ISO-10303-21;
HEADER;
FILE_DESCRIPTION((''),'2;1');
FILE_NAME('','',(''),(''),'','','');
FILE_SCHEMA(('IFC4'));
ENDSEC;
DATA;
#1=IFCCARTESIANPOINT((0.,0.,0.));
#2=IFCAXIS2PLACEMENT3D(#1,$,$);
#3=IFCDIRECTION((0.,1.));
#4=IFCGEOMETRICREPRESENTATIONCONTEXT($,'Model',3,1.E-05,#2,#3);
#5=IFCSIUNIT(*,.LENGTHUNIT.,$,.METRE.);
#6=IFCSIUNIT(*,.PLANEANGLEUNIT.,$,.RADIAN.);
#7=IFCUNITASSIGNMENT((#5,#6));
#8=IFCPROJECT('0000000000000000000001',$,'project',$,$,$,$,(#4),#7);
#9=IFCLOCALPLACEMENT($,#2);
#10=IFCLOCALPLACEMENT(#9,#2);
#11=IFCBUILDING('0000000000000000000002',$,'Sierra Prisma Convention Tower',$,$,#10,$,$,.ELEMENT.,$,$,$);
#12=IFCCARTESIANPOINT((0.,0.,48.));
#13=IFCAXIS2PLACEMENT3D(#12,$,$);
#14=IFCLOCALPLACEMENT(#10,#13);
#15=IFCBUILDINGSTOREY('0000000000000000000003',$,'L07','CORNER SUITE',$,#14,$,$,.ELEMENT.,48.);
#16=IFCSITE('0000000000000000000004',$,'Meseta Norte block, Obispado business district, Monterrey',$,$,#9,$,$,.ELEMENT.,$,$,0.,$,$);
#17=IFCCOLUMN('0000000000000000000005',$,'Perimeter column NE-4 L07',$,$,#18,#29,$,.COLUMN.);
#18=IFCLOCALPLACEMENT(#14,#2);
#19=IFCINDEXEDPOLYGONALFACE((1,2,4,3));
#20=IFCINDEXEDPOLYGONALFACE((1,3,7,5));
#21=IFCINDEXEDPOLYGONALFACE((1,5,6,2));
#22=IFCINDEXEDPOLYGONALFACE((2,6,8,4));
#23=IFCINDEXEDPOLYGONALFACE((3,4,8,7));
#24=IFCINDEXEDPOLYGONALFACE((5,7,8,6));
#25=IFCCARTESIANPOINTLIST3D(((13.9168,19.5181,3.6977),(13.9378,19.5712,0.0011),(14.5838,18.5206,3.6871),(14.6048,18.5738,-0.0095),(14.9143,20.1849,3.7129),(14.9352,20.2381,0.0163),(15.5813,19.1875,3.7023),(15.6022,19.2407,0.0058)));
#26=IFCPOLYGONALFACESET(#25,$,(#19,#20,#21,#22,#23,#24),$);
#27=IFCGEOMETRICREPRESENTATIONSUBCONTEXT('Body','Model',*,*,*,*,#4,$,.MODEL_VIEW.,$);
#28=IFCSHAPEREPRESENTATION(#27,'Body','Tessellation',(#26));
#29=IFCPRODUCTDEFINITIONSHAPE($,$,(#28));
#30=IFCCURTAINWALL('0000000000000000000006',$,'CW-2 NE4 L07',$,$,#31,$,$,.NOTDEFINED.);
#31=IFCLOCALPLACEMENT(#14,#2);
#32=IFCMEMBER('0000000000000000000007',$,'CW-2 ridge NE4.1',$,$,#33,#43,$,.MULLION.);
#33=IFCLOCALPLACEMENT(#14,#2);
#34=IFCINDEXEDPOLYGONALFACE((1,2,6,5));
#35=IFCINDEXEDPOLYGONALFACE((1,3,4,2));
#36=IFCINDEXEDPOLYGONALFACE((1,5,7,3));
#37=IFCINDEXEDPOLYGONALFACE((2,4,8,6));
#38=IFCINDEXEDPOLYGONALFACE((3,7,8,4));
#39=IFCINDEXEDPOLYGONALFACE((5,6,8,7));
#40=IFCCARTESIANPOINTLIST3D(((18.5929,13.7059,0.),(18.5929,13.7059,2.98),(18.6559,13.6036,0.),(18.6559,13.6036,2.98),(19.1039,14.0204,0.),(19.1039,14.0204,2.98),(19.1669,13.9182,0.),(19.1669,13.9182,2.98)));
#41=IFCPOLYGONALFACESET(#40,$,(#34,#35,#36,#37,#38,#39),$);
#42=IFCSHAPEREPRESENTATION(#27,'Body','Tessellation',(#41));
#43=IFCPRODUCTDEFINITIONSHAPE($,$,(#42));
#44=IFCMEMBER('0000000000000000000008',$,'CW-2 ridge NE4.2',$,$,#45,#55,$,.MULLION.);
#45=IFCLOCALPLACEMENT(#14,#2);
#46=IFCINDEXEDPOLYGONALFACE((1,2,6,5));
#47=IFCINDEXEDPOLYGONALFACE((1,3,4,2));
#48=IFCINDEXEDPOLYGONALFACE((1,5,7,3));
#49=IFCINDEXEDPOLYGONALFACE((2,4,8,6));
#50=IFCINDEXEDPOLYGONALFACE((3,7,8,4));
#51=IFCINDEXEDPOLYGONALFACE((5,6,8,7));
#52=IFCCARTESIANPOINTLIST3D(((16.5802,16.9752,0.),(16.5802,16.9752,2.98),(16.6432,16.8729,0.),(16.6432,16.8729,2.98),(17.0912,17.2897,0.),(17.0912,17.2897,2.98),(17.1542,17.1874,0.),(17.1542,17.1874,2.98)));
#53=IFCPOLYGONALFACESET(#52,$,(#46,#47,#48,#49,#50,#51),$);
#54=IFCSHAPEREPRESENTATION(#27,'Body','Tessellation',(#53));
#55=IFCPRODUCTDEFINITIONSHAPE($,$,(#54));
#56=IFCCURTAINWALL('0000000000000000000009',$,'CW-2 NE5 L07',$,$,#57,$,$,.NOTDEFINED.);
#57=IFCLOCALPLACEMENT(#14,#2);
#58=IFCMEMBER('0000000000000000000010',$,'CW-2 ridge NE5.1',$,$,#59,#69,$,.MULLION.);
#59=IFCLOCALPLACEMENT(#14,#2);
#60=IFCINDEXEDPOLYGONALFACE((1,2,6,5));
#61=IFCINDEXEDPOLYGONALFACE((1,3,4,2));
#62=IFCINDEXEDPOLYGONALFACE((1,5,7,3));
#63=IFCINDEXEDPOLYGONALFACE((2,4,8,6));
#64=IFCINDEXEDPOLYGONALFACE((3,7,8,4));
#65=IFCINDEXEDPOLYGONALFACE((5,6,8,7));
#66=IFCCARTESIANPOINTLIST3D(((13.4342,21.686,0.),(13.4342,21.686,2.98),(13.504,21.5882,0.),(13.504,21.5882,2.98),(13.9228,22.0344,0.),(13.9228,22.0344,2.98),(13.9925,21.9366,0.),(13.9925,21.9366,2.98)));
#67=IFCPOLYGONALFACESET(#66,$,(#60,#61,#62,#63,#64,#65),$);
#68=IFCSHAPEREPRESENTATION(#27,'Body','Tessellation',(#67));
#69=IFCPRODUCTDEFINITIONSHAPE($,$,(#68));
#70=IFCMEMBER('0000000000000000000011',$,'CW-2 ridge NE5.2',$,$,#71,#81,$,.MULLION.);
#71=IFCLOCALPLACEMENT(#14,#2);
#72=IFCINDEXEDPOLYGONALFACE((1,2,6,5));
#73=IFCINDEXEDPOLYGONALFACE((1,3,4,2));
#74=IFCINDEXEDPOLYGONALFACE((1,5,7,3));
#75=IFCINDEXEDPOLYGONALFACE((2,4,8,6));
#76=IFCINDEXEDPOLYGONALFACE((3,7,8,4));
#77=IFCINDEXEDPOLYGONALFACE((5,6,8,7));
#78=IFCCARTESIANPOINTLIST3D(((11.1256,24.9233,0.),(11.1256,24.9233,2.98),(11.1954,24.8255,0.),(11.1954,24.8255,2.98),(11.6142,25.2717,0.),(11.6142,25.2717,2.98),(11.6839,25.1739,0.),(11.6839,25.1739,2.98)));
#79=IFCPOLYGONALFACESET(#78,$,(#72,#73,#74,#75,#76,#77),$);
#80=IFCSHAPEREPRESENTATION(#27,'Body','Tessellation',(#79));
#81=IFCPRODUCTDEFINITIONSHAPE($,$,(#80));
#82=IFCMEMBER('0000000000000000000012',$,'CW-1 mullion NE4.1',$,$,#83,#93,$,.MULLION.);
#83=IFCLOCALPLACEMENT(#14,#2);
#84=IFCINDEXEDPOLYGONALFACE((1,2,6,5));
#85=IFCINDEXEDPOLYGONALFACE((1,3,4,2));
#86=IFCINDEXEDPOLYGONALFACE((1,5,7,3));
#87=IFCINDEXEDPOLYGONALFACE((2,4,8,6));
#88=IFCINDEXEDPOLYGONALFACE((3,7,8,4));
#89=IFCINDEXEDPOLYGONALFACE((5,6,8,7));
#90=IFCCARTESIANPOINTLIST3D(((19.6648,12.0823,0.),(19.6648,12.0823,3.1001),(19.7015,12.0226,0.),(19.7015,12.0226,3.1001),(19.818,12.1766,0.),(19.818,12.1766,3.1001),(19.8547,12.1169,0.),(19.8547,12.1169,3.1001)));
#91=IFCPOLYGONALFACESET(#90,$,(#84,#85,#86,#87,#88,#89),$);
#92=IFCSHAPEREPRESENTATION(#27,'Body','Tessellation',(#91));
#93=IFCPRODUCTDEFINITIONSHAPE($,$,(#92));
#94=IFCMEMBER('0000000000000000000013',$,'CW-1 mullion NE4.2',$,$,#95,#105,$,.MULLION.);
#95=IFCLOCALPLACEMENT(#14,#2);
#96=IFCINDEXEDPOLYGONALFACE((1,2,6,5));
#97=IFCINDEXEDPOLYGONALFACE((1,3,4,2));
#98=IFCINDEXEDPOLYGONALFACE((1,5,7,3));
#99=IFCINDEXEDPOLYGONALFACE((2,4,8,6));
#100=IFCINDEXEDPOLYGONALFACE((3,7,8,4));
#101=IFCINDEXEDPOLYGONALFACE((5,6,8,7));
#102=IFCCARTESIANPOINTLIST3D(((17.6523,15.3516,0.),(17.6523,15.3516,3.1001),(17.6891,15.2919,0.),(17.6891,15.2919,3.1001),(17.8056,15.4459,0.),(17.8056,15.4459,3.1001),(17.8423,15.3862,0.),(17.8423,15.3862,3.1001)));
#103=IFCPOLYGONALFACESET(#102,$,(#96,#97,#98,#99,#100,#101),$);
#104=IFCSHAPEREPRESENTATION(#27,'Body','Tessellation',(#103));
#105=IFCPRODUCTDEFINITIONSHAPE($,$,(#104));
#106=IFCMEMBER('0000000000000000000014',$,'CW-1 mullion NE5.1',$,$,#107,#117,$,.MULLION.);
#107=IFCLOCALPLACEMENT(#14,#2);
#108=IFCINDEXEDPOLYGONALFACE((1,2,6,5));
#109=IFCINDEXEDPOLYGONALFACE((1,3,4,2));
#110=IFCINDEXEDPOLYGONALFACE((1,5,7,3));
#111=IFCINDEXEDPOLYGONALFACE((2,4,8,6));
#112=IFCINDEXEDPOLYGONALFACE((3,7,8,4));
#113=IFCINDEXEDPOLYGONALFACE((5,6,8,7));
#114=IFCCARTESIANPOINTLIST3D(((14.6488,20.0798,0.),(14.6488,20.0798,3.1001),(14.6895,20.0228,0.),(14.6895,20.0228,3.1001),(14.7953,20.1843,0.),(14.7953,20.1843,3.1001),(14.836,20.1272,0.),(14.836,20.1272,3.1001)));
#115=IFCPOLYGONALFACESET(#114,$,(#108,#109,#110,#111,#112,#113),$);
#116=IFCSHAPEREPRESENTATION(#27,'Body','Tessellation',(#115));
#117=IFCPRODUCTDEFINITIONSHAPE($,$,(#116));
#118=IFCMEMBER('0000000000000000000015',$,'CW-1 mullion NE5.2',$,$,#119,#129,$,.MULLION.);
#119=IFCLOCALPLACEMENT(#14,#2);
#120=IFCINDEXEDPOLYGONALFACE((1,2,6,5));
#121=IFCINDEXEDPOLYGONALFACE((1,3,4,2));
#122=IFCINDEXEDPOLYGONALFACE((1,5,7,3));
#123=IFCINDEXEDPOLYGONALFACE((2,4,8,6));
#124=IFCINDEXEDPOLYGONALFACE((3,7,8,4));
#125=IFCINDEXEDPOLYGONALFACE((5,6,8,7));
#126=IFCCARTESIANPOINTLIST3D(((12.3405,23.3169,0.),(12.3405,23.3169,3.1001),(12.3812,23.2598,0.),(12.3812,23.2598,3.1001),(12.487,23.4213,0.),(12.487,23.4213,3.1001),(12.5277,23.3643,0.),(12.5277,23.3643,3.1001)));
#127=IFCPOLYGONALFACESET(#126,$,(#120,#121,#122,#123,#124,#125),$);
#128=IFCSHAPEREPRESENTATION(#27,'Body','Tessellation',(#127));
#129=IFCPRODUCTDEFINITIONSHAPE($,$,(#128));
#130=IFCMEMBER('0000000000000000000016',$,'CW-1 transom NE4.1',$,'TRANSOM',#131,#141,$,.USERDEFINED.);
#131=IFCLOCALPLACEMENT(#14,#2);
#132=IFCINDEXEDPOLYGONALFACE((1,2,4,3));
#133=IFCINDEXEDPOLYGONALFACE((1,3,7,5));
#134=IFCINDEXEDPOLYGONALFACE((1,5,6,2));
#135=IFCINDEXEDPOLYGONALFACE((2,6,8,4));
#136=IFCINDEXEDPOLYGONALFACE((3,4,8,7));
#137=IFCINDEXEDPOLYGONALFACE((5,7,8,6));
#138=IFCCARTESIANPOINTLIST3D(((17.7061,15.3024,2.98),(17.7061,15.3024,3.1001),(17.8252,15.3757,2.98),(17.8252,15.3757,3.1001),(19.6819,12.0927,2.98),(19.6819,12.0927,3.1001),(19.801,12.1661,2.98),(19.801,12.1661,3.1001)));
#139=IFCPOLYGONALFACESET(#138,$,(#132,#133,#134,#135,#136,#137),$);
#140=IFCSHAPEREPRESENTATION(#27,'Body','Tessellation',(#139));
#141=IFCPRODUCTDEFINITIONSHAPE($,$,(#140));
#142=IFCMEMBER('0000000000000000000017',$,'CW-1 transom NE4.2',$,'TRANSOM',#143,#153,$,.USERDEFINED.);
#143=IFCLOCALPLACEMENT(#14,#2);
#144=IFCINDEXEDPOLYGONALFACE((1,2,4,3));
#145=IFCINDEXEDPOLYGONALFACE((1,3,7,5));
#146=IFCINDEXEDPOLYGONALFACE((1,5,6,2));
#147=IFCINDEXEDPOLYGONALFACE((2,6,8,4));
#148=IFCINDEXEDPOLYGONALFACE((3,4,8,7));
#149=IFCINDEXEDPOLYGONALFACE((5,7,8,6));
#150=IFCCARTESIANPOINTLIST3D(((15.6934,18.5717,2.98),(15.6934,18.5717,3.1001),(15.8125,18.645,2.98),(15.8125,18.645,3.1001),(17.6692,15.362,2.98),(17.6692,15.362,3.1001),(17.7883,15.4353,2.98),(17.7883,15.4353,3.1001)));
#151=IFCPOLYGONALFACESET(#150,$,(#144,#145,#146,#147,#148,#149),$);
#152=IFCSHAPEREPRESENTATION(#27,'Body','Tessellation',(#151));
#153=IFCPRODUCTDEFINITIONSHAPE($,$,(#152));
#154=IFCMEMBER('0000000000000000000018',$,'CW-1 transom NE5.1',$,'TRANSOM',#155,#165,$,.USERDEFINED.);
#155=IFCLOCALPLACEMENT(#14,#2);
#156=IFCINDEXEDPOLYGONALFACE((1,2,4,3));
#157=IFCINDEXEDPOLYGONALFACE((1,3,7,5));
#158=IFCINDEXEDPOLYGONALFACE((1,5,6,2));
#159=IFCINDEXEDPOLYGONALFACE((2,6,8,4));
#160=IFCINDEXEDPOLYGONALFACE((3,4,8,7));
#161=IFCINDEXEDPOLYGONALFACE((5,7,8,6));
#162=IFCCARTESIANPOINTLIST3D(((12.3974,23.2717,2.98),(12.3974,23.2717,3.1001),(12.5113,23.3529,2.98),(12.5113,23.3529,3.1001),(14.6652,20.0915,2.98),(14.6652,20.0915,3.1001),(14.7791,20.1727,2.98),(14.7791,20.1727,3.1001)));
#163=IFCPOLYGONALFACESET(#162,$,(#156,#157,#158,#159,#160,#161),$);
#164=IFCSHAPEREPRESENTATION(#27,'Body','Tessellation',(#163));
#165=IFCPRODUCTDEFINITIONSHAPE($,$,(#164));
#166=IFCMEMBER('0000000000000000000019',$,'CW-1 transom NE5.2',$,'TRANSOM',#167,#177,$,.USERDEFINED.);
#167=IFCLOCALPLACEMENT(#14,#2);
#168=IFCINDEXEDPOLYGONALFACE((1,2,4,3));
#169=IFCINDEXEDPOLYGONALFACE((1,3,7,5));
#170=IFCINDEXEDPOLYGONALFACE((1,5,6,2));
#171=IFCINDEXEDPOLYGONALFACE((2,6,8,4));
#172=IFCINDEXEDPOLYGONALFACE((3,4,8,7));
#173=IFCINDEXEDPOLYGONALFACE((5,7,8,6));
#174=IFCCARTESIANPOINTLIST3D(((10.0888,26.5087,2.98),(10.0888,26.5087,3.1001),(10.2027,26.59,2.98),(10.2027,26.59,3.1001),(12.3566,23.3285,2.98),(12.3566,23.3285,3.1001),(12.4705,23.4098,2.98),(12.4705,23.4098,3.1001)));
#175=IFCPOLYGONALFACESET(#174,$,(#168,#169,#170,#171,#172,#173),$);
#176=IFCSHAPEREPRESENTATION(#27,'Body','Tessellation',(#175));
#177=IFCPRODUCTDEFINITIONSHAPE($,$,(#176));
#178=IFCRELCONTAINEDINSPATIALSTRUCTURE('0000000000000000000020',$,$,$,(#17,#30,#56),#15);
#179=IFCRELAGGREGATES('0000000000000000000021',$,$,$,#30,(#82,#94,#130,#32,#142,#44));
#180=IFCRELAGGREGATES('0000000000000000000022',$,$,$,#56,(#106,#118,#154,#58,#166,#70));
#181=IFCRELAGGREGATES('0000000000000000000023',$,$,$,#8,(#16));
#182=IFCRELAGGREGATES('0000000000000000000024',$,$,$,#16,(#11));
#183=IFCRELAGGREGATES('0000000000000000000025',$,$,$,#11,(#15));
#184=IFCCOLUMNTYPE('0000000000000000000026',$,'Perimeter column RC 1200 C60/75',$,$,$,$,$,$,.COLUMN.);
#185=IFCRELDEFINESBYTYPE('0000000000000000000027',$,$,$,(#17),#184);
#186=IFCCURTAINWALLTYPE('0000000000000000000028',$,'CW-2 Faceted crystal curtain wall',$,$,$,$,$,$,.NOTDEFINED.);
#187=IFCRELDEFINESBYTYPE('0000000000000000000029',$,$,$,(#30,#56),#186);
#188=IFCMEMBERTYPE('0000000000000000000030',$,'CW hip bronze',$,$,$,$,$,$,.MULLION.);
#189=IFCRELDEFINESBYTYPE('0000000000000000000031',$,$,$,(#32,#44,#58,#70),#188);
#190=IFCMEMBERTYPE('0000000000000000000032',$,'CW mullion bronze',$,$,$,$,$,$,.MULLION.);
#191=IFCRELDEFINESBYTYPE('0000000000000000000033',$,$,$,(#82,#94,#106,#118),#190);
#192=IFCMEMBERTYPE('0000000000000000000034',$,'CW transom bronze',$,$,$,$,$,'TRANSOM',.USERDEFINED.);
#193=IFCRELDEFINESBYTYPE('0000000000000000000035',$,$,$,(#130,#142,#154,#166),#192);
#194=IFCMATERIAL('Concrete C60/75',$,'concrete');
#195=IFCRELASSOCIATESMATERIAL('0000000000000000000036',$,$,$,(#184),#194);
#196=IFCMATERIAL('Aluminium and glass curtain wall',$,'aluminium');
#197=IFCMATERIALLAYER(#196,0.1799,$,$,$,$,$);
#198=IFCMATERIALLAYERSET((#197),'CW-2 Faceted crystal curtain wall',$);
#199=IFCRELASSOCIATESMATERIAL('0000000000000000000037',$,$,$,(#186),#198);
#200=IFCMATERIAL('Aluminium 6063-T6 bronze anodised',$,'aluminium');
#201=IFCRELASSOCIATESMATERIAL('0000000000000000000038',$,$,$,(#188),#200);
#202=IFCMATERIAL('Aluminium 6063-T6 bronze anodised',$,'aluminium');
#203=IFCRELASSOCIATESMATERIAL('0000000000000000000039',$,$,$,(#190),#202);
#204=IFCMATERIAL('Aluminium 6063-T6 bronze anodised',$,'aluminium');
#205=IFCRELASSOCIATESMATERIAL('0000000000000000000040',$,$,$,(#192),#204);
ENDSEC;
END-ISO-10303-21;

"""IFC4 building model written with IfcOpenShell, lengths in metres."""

from ifc_helpers import new_model, si_unit, direction, frame, origin, origin_2d, place, context, subcontext, project, spatial, rectangle, extrude, clip, halfspace, material, layer, layer_set, material_profile, profile_set, type_object, element, aggregate, save


model = new_model("IFC4")

# Units and contexts
model_context = context("Model", 3, precision=1e-05, world=origin(), true_north=direction((0.0, 1.0)))
body_context = subcontext(model_context, "Body", "Model", "MODEL_VIEW")
ifc_project = project(units=[si_unit("LENGTHUNIT", "METRE"), si_unit("PLANEANGLEUNIT", "RADIAN")], contexts=[model_context])

# Site, building, storey
site_placement = place(None, origin())
site = spatial("IfcSite", under=ifc_project, at=site_placement, Name="Meseta Norte block, Obispado business district, Monterrey", CompositionType="ELEMENT", RefElevation=0.0)
building_placement = place(site_placement, origin())
building = spatial("IfcBuilding", under=site, at=building_placement, Name="Sierra Prisma Convention Tower", CompositionType="ELEMENT")
storey_placement = place(building_placement, frame((0.0, 0.0, 48.0)))
storey = spatial("IfcBuildingStorey", under=building, at=storey_placement, Name="L07", Description="CORNER SUITE", CompositionType="ELEMENT", Elevation=48.0)

# Column
ifc_material_1 = material(Name="Concrete C60/75", Category="concrete")
ifc_material_profile_1 = material_profile(ifc_material_1, rectangle(XDim=1.2, YDim=1.2, at=origin_2d()), Name="Perimeter column RC 1200 C60/75")
ifc_profile_set_1 = profile_set([ifc_material_profile_1], Name="Concrete C60/75")
column_type = type_object("IfcColumnType", Name="Perimeter column RC 1200 C60/75", PredefinedType="COLUMN", material=ifc_profile_set_1)
column_placement = place(storey_placement, frame((14.77, 19.406, 0.0), z_axis=(-0.005674, -0.014383, 0.99988), x_axis=(-0.555854, 0.831233, 0.008803)))
element("IfcColumn", 1, at=column_placement, inside=storey, type_object=column_type, Name="Perimeter column NE-4 L07", PredefinedType="COLUMN", context=body_context, shape_type="SweptSolid", body=[
    clip(extrude(rectangle(XDim=1.2, YDim=1.2, at=origin_2d()), origin(), (0.0, 0.0, 1.0), 3.7004), halfspace(frame((0.0, 0.0, 0.0034)), True)),
])

# Curtain walls, members
ifc_material_2 = material(Name="Aluminium and glass curtain wall", Category="aluminium")
ifc_layer_1 = layer(ifc_material_2, 0.1799)
ifc_layer_set_1 = layer_set([ifc_layer_1], Name="CW-2 Faceted crystal curtain wall")
curtain_wall_type = type_object("IfcCurtainWallType", Name="CW-2 Faceted crystal curtain wall", PredefinedType="NOTDEFINED", material=ifc_layer_set_1)
curtain_wall_1_placement = place(storey_placement, origin())
curtain_wall_1 = element("IfcCurtainWall", 2, at=curtain_wall_1_placement, inside=storey, type_object=curtain_wall_type, Name="CW-2 NE4 L07", PredefinedType="NOTDEFINED")
ifc_material_3 = material(Name="Aluminium 6063-T6 bronze anodised", Category="aluminium")
ifc_material_profile_2 = material_profile(ifc_material_3, rectangle(XDim=0.1201, YDim=0.6001, at=origin_2d()), Name="ALU RIDGE BLADE 120x600")
ifc_profile_set_2 = profile_set([ifc_material_profile_2], Name="Aluminium 6063-T6 bronze anodised")
member_type_1 = type_object("IfcMemberType", Name="CW hip bronze", PredefinedType="MULLION", material=ifc_profile_set_2)
member_1_placement = place(storey_placement, frame((18.8799, 13.812, 0.0), z_axis=(0.0, 0.0, 1.0), x_axis=(-0.524223, 0.851581, 0.0)))
member_1 = element("IfcMember", 3, at=member_1_placement, type_object=member_type_1, Name="CW-2 ridge NE4.1", PredefinedType="MULLION", context=body_context, shape_type="SweptSolid", body=[
    extrude(rectangle(XDim=0.1201, YDim=0.6001, at=origin_2d()), origin(), (0.0, 0.0, 1.0), 2.98),
])
member_2_placement = place(storey_placement, frame((16.8672, 17.0813, 0.0), z_axis=(0.0, 0.0, 1.0), x_axis=(-0.524223, 0.851581, 0.0)))
member_2 = element("IfcMember", 4, at=member_2_placement, type_object=member_type_1, Name="CW-2 ridge NE4.2", PredefinedType="MULLION", context=body_context, shape_type="SweptSolid", body=[
    extrude(rectangle(XDim=0.1201, YDim=0.6001, at=origin_2d()), origin(), (0.0, 0.0, 1.0), 2.98),
])
curtain_wall_2_placement = place(storey_placement, origin())
curtain_wall_2 = element("IfcCurtainWall", 5, at=curtain_wall_2_placement, inside=storey, type_object=curtain_wall_type, Name="CW-2 NE5 L07", PredefinedType="NOTDEFINED")
member_3_placement = place(storey_placement, frame((13.7134, 21.8113, 0.0), z_axis=(0.0, 0.0, 1.0), x_axis=(-0.580616, 0.814178, 0.0)))
member_3 = element("IfcMember", 6, at=member_3_placement, type_object=member_type_1, Name="CW-2 ridge NE5.1", PredefinedType="MULLION", context=body_context, shape_type="SweptSolid", body=[
    extrude(rectangle(XDim=0.1201, YDim=0.6001, at=origin_2d()), origin(), (0.0, 0.0, 1.0), 2.98),
])
member_4_placement = place(storey_placement, frame((11.4048, 25.0486, 0.0), z_axis=(0.0, 0.0, 1.0), x_axis=(-0.580616, 0.814178, 0.0)))
member_4 = element("IfcMember", 7, at=member_4_placement, type_object=member_type_1, Name="CW-2 ridge NE5.2", PredefinedType="MULLION", context=body_context, shape_type="SweptSolid", body=[
    extrude(rectangle(XDim=0.1201, YDim=0.6001, at=origin_2d()), origin(), (0.0, 0.0, 1.0), 2.98),
])

# Members
ifc_material_4 = material(Name="Aluminium 6063-T6 bronze anodised", Category="aluminium")
ifc_material_profile_3 = material_profile(ifc_material_4, rectangle(XDim=0.1799, YDim=0.0701, at=origin_2d()), Name="ALU MULLION 70x180")
ifc_profile_set_3 = profile_set([ifc_material_profile_3], Name="Aluminium 6063-T6 bronze anodised")
member_type_2 = type_object("IfcMemberType", Name="CW mullion bronze", PredefinedType="MULLION", material=ifc_profile_set_3)
member_5_placement = place(storey_placement, frame((19.7598, 12.0996, 0.0), z_axis=(0.0, 0.0, 1.0), x_axis=(-0.851581, -0.524223, 0.0)))
member_5 = element("IfcMember", 8, at=member_5_placement, type_object=member_type_2, Name="CW-1 mullion NE4.1", PredefinedType="MULLION", context=body_context, shape_type="SweptSolid", body=[
    extrude(rectangle(XDim=0.1799, YDim=0.0701, at=origin_2d()), origin(), (0.0, 0.0, 1.0), 3.1001),
])
member_6_placement = place(storey_placement, frame((17.7473, 15.3689, 0.0), z_axis=(0.0, 0.0, 1.0), x_axis=(-0.851581, -0.524223, 0.0)))
member_6 = element("IfcMember", 9, at=member_6_placement, type_object=member_type_2, Name="CW-1 mullion NE4.2", PredefinedType="MULLION", context=body_context, shape_type="SweptSolid", body=[
    extrude(rectangle(XDim=0.1799, YDim=0.0701, at=origin_2d()), origin(), (0.0, 0.0, 1.0), 3.1001),
])
member_7_placement = place(storey_placement, frame((14.7424, 20.1035, 0.0), z_axis=(0.0, 0.0, 1.0), x_axis=(-0.814178, -0.580616, 0.0)))
member_7 = element("IfcMember", 10, at=member_7_placement, type_object=member_type_2, Name="CW-1 mullion NE5.1", PredefinedType="MULLION", context=body_context, shape_type="SweptSolid", body=[
    extrude(rectangle(XDim=0.1799, YDim=0.0701, at=origin_2d()), origin(), (0.0, 0.0, 1.0), 3.1001),
])
member_8_placement = place(storey_placement, frame((12.4341, 23.3406, 0.0), z_axis=(0.0, 0.0, 1.0), x_axis=(-0.814178, -0.580616, 0.0)))
member_8 = element("IfcMember", 11, at=member_8_placement, type_object=member_type_2, Name="CW-1 mullion NE5.2", PredefinedType="MULLION", context=body_context, shape_type="SweptSolid", body=[
    extrude(rectangle(XDim=0.1799, YDim=0.0701, at=origin_2d()), origin(), (0.0, 0.0, 1.0), 3.1001),
])
ifc_material_5 = material(Name="Aluminium 6063-T6 bronze anodised", Category="aluminium")
ifc_material_profile_4 = material_profile(ifc_material_5, rectangle(XDim=0.1399, YDim=0.1201, at=origin_2d()), Name="ALU TRANSOM 120x140")
ifc_profile_set_4 = profile_set([ifc_material_profile_4], Name="Aluminium 6063-T6 bronze anodised")
member_type_3 = type_object("IfcMemberType", Name="CW transom bronze", ElementType="TRANSOM", PredefinedType="USERDEFINED", material=ifc_profile_set_4)
member_9_placement = place(storey_placement, frame((19.7415, 12.1294, 3.04), z_axis=(-0.524217, 0.851585, 0.0), x_axis=(-0.851585, -0.524217, 0.0)))
member_9 = element("IfcMember", 12, at=member_9_placement, type_object=member_type_3, Name="CW-1 transom NE4.1", ObjectType="TRANSOM", PredefinedType="USERDEFINED", context=body_context, shape_type="SweptSolid", body=[
    extrude(rectangle(XDim=0.1399, YDim=0.1201, at=origin_2d()), origin(), (0.0, 0.0, 1.0), 3.769),
])
member_10_placement = place(storey_placement, frame((17.7288, 15.3987, 3.04), z_axis=(-0.524217, 0.851585, 0.0), x_axis=(-0.851585, -0.524217, 0.0)))
member_10 = element("IfcMember", 13, at=member_10_placement, type_object=member_type_3, Name="CW-1 transom NE4.2", ObjectType="TRANSOM", PredefinedType="USERDEFINED", context=body_context, shape_type="SweptSolid", body=[
    extrude(rectangle(XDim=0.1399, YDim=0.1201, at=origin_2d()), origin(), (0.0, 0.0, 1.0), 3.769),
])
member_11_placement = place(storey_placement, frame((14.7222, 20.1321, 3.04), z_axis=(-0.580605, 0.814185, 0.0), x_axis=(-0.814185, -0.580605, 0.0)))
member_11 = element("IfcMember", 14, at=member_11_placement, type_object=member_type_3, Name="CW-1 transom NE5.1", ObjectType="TRANSOM", PredefinedType="USERDEFINED", context=body_context, shape_type="SweptSolid", body=[
    extrude(rectangle(XDim=0.1399, YDim=0.1201, at=origin_2d()), origin(), (0.0, 0.0, 1.0), 3.906),
])
member_12_placement = place(storey_placement, frame((12.4136, 23.3691, 3.04), z_axis=(-0.580605, 0.814185, 0.0), x_axis=(-0.814185, -0.580605, 0.0)))
member_12 = element("IfcMember", 15, at=member_12_placement, type_object=member_type_3, Name="CW-1 transom NE5.2", ObjectType="TRANSOM", PredefinedType="USERDEFINED", context=body_context, shape_type="SweptSolid", body=[
    extrude(rectangle(XDim=0.1399, YDim=0.1201, at=origin_2d()), origin(), (0.0, 0.0, 1.0), 3.906),
])

aggregate(curtain_wall_1, [member_5, member_6, member_9, member_1, member_10, member_2])
aggregate(curtain_wall_2, [member_7, member_8, member_11, member_3, member_12, member_4])

save(model, "model.ifc")
